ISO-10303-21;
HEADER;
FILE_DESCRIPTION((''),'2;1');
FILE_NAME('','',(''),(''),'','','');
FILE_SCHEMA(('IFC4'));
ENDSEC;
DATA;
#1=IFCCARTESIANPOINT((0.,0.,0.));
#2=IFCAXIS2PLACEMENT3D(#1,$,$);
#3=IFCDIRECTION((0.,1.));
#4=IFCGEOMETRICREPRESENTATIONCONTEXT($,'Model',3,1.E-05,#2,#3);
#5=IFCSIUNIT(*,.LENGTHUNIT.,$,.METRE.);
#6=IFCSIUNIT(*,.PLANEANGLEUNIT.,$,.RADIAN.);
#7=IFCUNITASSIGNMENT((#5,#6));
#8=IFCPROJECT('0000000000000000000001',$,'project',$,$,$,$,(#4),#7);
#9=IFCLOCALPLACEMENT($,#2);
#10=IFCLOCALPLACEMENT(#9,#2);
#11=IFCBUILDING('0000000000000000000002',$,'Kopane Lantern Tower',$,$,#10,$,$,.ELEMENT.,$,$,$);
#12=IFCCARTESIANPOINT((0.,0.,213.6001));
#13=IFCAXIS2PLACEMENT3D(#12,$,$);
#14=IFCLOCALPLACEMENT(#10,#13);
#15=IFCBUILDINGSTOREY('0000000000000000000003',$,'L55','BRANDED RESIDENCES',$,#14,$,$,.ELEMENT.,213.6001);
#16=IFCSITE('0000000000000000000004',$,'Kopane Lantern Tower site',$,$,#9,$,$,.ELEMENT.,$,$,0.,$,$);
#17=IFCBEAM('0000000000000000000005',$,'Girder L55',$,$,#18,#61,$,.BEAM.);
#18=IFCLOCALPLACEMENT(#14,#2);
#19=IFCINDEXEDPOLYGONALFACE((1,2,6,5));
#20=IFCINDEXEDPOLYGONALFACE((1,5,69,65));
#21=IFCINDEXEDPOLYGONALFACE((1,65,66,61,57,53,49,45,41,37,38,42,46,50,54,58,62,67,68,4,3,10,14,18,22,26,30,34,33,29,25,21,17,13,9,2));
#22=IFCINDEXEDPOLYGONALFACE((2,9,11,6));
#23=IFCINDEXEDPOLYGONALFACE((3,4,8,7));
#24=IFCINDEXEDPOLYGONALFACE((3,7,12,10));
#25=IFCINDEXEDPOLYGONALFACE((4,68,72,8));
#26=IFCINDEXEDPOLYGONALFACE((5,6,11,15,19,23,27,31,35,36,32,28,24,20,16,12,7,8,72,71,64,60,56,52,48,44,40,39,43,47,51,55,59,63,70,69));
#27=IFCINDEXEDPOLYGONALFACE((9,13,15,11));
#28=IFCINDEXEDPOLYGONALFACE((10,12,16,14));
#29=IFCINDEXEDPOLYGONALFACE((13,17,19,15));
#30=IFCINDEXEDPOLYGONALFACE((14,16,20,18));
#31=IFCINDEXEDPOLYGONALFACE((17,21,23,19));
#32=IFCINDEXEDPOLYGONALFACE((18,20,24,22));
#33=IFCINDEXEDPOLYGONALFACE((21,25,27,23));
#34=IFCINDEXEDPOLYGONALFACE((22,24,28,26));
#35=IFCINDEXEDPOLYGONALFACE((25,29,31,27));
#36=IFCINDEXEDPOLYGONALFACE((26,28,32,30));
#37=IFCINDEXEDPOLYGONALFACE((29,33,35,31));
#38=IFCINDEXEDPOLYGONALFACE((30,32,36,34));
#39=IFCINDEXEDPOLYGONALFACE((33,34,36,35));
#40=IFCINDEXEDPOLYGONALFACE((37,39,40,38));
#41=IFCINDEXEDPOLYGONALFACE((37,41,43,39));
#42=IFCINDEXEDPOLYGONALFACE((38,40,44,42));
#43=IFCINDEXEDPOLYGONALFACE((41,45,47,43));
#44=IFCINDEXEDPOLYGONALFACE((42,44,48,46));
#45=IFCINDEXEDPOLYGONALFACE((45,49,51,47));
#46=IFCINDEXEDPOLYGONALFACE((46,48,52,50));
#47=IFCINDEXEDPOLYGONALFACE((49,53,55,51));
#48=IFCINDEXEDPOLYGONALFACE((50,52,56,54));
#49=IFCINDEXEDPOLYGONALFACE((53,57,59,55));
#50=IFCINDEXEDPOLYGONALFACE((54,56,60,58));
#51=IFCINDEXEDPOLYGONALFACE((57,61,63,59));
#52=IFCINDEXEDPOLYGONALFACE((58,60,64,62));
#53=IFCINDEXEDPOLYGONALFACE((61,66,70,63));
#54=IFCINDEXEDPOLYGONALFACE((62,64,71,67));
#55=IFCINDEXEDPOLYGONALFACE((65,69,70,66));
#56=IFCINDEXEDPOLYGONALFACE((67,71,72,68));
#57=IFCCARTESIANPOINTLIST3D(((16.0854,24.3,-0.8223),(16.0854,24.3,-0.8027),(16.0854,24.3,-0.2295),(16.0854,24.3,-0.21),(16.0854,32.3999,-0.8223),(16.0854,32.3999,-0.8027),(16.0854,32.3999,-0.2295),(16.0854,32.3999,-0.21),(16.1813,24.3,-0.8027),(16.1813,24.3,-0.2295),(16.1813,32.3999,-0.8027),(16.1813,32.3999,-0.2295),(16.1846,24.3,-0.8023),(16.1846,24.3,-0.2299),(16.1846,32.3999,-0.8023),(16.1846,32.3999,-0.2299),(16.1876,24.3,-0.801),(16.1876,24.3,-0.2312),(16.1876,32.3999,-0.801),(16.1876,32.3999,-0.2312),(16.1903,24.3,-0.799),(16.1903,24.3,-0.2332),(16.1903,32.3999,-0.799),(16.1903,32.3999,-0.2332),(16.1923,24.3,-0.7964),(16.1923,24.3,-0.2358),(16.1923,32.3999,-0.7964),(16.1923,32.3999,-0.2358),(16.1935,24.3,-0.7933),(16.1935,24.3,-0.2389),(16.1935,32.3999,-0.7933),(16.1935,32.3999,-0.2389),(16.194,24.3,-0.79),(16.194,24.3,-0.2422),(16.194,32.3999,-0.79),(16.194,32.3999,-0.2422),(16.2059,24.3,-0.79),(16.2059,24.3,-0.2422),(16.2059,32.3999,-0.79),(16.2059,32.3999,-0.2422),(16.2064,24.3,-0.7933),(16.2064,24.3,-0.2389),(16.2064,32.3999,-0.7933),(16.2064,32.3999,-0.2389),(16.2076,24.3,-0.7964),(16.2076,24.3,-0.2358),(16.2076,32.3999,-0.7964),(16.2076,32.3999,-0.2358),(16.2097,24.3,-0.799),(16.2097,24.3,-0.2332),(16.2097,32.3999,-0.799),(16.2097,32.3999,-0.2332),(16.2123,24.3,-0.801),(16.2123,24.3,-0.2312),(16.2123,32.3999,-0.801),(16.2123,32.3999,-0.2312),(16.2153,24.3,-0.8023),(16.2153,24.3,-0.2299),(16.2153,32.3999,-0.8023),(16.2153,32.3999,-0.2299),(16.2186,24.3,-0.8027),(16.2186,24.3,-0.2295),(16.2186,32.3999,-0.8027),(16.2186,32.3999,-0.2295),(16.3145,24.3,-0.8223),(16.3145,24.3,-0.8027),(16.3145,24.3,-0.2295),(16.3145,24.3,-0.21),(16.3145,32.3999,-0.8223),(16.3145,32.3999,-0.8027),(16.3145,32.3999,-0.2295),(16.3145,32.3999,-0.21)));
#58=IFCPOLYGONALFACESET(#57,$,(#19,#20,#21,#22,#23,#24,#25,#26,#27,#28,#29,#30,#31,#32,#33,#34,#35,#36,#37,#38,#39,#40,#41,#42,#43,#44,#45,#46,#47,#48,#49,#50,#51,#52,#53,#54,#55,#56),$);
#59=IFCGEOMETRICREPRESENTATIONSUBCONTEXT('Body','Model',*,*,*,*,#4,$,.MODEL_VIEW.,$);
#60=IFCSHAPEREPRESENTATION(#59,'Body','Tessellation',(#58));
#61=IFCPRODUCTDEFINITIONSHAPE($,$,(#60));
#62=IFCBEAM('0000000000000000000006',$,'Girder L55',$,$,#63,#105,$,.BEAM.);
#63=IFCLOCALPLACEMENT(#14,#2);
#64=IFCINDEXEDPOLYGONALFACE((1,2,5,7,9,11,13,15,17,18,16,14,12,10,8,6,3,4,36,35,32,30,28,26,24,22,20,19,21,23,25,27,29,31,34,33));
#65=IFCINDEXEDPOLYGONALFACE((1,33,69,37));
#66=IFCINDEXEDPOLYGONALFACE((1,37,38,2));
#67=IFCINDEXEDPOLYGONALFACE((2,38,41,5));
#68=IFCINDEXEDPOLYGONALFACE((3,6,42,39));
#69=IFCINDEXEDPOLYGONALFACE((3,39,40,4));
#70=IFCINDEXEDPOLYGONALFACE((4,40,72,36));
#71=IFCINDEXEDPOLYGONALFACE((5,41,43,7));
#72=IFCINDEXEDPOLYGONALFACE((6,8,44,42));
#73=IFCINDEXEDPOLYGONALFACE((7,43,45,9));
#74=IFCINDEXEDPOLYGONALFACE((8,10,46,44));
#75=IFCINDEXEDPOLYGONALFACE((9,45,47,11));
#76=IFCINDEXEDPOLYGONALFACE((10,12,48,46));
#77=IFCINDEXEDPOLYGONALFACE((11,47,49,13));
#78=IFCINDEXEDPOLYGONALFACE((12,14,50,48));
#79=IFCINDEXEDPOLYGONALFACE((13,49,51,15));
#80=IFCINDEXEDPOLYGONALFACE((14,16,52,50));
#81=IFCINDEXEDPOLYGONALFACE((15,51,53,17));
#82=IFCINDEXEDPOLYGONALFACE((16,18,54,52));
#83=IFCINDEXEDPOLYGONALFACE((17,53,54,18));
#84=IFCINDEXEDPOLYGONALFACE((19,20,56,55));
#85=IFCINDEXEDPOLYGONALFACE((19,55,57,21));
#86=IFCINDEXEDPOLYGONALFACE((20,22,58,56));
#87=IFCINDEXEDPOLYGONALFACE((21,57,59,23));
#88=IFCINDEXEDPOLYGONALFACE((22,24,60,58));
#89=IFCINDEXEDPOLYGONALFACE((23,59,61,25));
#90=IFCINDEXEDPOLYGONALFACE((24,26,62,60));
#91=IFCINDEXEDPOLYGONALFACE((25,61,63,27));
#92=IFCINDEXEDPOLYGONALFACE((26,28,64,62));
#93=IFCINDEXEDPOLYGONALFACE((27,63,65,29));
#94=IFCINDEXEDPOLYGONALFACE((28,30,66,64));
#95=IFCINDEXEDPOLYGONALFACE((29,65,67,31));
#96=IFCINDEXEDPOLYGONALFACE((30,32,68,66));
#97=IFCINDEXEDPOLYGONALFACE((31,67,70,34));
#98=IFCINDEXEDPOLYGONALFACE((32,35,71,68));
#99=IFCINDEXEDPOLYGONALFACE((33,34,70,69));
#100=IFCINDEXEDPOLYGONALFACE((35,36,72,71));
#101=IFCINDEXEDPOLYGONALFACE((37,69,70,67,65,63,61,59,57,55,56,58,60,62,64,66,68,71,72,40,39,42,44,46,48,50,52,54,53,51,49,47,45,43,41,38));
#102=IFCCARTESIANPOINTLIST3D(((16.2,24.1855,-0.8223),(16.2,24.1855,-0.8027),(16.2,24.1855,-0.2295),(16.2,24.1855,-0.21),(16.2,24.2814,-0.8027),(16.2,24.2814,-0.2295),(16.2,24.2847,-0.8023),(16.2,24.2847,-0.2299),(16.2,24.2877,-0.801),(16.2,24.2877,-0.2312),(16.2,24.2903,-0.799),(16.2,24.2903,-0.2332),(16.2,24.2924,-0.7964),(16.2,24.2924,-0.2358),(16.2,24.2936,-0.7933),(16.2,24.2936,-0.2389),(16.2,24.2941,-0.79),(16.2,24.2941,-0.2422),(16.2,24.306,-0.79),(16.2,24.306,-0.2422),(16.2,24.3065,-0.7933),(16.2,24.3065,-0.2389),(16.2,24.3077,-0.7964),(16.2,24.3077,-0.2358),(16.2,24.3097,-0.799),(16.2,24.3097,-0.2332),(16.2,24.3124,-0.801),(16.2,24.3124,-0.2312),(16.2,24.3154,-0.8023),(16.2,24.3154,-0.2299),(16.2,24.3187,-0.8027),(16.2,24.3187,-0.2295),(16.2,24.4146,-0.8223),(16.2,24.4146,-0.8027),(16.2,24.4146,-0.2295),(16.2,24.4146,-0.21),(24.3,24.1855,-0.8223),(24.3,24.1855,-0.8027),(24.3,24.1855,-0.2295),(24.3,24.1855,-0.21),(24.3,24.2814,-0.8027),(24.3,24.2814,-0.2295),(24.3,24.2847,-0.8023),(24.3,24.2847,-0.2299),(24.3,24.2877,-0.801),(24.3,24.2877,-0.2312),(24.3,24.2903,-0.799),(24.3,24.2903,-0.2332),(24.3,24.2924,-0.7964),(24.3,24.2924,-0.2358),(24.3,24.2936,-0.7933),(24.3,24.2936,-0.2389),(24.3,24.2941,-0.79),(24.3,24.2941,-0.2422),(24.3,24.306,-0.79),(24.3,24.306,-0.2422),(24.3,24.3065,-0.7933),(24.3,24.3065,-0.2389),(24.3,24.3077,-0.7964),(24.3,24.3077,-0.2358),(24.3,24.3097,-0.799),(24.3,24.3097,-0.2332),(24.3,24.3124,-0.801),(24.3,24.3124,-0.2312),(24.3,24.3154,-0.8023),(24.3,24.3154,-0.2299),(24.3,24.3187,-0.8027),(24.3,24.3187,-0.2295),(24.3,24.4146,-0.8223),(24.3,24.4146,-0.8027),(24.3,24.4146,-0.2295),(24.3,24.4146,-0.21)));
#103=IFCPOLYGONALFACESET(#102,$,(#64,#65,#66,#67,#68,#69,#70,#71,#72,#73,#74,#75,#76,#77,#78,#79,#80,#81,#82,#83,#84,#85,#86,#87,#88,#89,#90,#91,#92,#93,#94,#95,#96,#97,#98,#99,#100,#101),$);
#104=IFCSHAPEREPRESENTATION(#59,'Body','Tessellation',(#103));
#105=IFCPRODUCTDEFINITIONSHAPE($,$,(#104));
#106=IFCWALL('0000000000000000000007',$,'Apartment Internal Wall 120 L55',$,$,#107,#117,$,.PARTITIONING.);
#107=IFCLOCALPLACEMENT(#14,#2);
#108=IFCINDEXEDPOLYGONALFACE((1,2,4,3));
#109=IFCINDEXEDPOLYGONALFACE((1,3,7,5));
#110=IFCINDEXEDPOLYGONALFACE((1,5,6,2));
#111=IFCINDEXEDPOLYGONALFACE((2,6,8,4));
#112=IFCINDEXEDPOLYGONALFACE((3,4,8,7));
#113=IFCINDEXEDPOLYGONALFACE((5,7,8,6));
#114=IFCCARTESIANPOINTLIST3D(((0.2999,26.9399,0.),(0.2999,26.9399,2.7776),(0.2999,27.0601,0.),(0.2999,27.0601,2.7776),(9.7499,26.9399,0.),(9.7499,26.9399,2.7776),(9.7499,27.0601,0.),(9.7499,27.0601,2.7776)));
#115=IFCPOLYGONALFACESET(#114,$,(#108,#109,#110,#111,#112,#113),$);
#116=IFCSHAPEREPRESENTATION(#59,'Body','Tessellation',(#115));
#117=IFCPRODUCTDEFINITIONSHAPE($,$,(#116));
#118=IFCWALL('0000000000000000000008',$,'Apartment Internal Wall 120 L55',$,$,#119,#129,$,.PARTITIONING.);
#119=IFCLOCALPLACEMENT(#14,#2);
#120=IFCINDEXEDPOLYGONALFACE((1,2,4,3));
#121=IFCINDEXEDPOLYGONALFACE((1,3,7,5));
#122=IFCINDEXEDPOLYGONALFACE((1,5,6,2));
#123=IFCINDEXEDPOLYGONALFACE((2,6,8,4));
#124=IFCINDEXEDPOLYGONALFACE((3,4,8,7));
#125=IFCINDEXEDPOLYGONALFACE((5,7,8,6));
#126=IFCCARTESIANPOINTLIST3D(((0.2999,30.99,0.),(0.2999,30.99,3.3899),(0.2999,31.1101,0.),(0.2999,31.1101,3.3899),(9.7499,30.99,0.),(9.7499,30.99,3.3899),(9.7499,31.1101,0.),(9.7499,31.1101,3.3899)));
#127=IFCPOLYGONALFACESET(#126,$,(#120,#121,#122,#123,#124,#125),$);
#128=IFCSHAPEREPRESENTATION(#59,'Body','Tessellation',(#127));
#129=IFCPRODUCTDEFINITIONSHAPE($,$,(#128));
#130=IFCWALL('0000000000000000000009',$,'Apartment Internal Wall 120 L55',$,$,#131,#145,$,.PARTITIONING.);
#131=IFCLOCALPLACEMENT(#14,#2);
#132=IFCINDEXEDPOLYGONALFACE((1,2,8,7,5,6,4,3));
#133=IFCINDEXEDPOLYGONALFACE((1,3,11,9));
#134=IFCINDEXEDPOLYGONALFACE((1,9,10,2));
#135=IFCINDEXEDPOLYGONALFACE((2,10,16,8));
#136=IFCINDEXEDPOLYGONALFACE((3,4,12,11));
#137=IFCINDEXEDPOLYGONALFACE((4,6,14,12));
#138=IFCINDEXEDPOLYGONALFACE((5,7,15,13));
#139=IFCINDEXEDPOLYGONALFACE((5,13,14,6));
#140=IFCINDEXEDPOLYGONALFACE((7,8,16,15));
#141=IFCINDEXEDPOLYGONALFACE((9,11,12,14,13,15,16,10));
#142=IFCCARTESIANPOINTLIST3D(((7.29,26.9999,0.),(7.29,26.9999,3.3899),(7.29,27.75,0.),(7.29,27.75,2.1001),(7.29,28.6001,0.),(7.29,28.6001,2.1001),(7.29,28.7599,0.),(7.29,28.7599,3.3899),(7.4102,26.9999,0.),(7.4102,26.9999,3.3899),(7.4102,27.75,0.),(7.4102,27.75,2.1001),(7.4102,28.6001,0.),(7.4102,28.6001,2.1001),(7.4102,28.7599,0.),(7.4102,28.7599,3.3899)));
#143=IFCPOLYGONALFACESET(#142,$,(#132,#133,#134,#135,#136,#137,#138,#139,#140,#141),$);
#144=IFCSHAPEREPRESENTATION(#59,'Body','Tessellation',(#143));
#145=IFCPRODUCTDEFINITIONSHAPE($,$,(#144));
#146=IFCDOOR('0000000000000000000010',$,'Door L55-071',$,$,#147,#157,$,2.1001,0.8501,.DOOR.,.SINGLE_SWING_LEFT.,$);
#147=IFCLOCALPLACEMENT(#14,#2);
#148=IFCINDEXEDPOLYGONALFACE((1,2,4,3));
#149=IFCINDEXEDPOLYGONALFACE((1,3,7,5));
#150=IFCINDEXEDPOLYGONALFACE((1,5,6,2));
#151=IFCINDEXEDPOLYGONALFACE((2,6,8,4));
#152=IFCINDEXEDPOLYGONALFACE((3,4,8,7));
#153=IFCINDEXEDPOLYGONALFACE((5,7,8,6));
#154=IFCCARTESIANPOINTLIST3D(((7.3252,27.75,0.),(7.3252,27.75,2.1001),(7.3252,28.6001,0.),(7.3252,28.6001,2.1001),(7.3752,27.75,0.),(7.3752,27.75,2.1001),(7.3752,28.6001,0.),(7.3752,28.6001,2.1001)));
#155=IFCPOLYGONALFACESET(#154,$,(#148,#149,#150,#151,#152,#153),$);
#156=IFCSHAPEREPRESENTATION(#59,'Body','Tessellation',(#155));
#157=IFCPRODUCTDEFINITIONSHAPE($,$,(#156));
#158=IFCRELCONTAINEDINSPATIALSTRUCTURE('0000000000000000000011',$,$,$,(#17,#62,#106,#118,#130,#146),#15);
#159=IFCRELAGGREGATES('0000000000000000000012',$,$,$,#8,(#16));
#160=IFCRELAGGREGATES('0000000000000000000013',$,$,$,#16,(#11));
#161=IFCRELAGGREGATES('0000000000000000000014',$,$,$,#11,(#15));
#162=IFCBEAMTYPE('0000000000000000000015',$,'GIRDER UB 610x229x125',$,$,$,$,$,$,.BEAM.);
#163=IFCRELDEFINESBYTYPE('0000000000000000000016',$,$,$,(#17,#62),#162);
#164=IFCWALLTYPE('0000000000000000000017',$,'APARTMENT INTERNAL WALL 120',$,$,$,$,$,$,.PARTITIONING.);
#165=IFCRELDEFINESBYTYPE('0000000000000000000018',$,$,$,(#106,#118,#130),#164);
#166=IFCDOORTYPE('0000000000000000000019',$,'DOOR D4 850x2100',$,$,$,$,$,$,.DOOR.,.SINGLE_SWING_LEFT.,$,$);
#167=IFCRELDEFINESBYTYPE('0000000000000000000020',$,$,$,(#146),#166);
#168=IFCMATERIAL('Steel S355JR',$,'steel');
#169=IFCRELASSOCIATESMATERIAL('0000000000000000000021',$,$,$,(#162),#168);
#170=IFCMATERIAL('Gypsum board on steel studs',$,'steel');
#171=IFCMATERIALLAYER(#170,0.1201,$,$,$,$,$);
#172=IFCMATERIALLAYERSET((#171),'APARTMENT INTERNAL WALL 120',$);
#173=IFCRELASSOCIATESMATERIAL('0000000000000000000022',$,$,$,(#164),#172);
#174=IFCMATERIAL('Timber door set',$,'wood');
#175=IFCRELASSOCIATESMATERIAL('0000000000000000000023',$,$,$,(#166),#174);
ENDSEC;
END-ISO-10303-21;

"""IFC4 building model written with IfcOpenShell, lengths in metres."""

from ifc_helpers import new_model, si_unit, direction, frame, frame_2d, origin, origin_2d, place, context, subcontext, project, spatial, rectangle, i_section, extrude, material, layer, layer_set, material_profile, profile_set, type_object, element, fill, save


model = new_model("IFC4")

# Units and contexts
model_context = context("Model", 3, precision=1e-05, world=origin(), true_north=direction((0.0, 1.0)))
body_context = subcontext(model_context, "Body", "Model", "MODEL_VIEW")
ifc_project = project(units=[si_unit("LENGTHUNIT", "METRE"), si_unit("PLANEANGLEUNIT", "RADIAN")], contexts=[model_context])

# Site, building, storey
site_placement = place(None, origin())
site = spatial("IfcSite", under=ifc_project, at=site_placement, Name="Kopane Lantern Tower site", CompositionType="ELEMENT", RefElevation=0.0)
building_placement = place(site_placement, origin())
building = spatial("IfcBuilding", under=site, at=building_placement, Name="Kopane Lantern Tower", CompositionType="ELEMENT")
storey_placement = place(building_placement, frame((0.0, 0.0, 213.6001)))
storey = spatial("IfcBuildingStorey", under=building, at=storey_placement, Name="L55", Description="BRANDED RESIDENCES", CompositionType="ELEMENT", Elevation=213.6001)

# Beams
ifc_material_1 = material(Name="Steel S355JR", Category="steel")
ifc_material_profile_1 = material_profile(ifc_material_1, i_section(OverallWidth=0.229, OverallDepth=0.6123, WebThickness=0.012, FlangeThickness=0.0195, FilletRadius=0.0127, at=origin_2d()), Name="UB 610x229x125")
ifc_profile_set_1 = profile_set([ifc_material_profile_1], Name="Steel S355JR")
beam_type = type_object("IfcBeamType", Name="GIRDER UB 610x229x125", PredefinedType="BEAM", material=ifc_profile_set_1)
for number, where, z_axis, x_axis, name in (
    (1, (16.2, 24.3, -0.5161), (0.0, 1.0, 0.0), (-1.0, 0.0, 0.0), "Girder L55"),
):
    element("IfcBeam", number, at=place(storey_placement, frame(where, z_axis=z_axis, x_axis=x_axis)), inside=storey, type_object=beam_type, Name=name, PredefinedType="BEAM", context=body_context, shape_type="SweptSolid", body=[
        extrude(i_section(OverallWidth=0.229, OverallDepth=0.6123, WebThickness=0.012, FlangeThickness=0.0195, FilletRadius=0.0127, at=origin_2d()), origin(), (0.0, 0.0, 1.0), 8.0999),
    ])
beam_placement = place(storey_placement, frame((16.2, 24.3, -0.5161), z_axis=(1.0, 0.0, 0.0), x_axis=(0.0, 1.0, 0.0)))
element("IfcBeam", 2, at=beam_placement, inside=storey, type_object=beam_type, Name="Girder L55", PredefinedType="BEAM", context=body_context, shape_type="SweptSolid", body=[
    extrude(i_section(OverallWidth=0.229, OverallDepth=0.6123, WebThickness=0.012, FlangeThickness=0.0195, FilletRadius=0.0127, at=origin_2d()), origin(), (0.0, 0.0, 1.0), 8.1001),
])

# Walls
ifc_material_2 = material(Name="Gypsum board on steel studs", Category="steel")
ifc_layer_1 = layer(ifc_material_2, 0.1201)
ifc_layer_set_1 = layer_set([ifc_layer_1], Name="APARTMENT INTERNAL WALL 120")
wall_type_1 = type_object("IfcWallType", Name="APARTMENT INTERNAL WALL 120", PredefinedType="PARTITIONING", material=ifc_layer_set_1)
wall_1_placement = place(storey_placement, frame((9.75, 27.0, 0.0), z_axis=(0.0, 0.0, 1.0), x_axis=(-1.0, 0.0, 0.0)))
element("IfcWall", 3, at=wall_1_placement, inside=storey, type_object=wall_type_1, Name="Apartment Internal Wall 120 L55", PredefinedType="PARTITIONING", context=body_context, shape_type="SweptSolid", body=[
    extrude(rectangle(XDim=9.45, YDim=0.1201, at=frame_2d((4.7251, 0.0))), origin(), (0.0, 0.0, 1.0), 2.7776),
])
wall_2_placement = place(storey_placement, frame((9.75, 31.05, 0.0), z_axis=(0.0, 0.0, 1.0), x_axis=(-1.0, 0.0, 0.0)))
element("IfcWall", 4, at=wall_2_placement, inside=storey, type_object=wall_type_1, Name="Apartment Internal Wall 120 L55", PredefinedType="PARTITIONING", context=body_context, shape_type="SweptSolid", body=[
    extrude(rectangle(XDim=9.45, YDim=0.1201, at=frame_2d((4.7251, 0.0))), origin(), (0.0, 0.0, 1.0), 3.3899),
])

# Wall, opening, door
wall_3_placement = place(storey_placement, frame((7.3501, 27.0, 0.0), z_axis=(0.0, 0.0, 1.0), x_axis=(0.0, 1.0, 0.0)))
wall_3 = element("IfcWall", 5, at=wall_3_placement, inside=storey, type_object=wall_type_1, Name="Apartment Internal Wall 120 L55", PredefinedType="PARTITIONING", context=body_context, shape_type="SweptSolid", body=[
    extrude(rectangle(XDim=1.76, YDim=0.1201, at=frame_2d((0.8799, 0.0))), origin(), (0.0, 0.0, 1.0), 3.3899),
])
opening_1_placement = place(wall_3_placement, frame((0.75, 0.0, 0.0)))
opening_1 = element("IfcOpeningElement", 6, at=opening_1_placement, cuts=wall_3, PredefinedType="OPENING", context=body_context, shape_type="SweptSolid", body=[
    extrude(rectangle(XDim=0.8501, YDim=2.1001, at=frame_2d((0.425, 1.05))), frame((0.0, 0.0701, 0.0), z_axis=(0.0, -1.0, 0.0), x_axis=(1.0, 0.0, 0.0)), (0.0, 0.0, 1.0), 0.1401),
])
ifc_material_3 = material(Name="Timber door set", Category="wood")
door_type_1 = type_object("IfcDoorType", Name="DOOR D4 850x2100", OperationType="SINGLE_SWING_LEFT", PredefinedType="DOOR", material=ifc_material_3)
door_1_placement = place(opening_1_placement, origin())
door_1 = element("IfcDoor", 7, at=door_1_placement, inside=storey, type_object=door_type_1, Name="Door L55-071", OperationType="SINGLE_SWING_LEFT", OverallHeight=2.1001, OverallWidth=0.8501, PredefinedType="DOOR", context=body_context, shape_type="SweptSolid", body=[
    extrude(rectangle(XDim=0.8501, YDim=2.1001, at=frame_2d((0.425, 1.05))), frame((0.0, 0.0249, 0.0), z_axis=(0.0, -1.0, 0.0), x_axis=(1.0, 0.0, 0.0)), (0.0, 0.0, 1.0), 0.05),
])
fill(opening_1, door_1)

save(model, "model.ifc")
